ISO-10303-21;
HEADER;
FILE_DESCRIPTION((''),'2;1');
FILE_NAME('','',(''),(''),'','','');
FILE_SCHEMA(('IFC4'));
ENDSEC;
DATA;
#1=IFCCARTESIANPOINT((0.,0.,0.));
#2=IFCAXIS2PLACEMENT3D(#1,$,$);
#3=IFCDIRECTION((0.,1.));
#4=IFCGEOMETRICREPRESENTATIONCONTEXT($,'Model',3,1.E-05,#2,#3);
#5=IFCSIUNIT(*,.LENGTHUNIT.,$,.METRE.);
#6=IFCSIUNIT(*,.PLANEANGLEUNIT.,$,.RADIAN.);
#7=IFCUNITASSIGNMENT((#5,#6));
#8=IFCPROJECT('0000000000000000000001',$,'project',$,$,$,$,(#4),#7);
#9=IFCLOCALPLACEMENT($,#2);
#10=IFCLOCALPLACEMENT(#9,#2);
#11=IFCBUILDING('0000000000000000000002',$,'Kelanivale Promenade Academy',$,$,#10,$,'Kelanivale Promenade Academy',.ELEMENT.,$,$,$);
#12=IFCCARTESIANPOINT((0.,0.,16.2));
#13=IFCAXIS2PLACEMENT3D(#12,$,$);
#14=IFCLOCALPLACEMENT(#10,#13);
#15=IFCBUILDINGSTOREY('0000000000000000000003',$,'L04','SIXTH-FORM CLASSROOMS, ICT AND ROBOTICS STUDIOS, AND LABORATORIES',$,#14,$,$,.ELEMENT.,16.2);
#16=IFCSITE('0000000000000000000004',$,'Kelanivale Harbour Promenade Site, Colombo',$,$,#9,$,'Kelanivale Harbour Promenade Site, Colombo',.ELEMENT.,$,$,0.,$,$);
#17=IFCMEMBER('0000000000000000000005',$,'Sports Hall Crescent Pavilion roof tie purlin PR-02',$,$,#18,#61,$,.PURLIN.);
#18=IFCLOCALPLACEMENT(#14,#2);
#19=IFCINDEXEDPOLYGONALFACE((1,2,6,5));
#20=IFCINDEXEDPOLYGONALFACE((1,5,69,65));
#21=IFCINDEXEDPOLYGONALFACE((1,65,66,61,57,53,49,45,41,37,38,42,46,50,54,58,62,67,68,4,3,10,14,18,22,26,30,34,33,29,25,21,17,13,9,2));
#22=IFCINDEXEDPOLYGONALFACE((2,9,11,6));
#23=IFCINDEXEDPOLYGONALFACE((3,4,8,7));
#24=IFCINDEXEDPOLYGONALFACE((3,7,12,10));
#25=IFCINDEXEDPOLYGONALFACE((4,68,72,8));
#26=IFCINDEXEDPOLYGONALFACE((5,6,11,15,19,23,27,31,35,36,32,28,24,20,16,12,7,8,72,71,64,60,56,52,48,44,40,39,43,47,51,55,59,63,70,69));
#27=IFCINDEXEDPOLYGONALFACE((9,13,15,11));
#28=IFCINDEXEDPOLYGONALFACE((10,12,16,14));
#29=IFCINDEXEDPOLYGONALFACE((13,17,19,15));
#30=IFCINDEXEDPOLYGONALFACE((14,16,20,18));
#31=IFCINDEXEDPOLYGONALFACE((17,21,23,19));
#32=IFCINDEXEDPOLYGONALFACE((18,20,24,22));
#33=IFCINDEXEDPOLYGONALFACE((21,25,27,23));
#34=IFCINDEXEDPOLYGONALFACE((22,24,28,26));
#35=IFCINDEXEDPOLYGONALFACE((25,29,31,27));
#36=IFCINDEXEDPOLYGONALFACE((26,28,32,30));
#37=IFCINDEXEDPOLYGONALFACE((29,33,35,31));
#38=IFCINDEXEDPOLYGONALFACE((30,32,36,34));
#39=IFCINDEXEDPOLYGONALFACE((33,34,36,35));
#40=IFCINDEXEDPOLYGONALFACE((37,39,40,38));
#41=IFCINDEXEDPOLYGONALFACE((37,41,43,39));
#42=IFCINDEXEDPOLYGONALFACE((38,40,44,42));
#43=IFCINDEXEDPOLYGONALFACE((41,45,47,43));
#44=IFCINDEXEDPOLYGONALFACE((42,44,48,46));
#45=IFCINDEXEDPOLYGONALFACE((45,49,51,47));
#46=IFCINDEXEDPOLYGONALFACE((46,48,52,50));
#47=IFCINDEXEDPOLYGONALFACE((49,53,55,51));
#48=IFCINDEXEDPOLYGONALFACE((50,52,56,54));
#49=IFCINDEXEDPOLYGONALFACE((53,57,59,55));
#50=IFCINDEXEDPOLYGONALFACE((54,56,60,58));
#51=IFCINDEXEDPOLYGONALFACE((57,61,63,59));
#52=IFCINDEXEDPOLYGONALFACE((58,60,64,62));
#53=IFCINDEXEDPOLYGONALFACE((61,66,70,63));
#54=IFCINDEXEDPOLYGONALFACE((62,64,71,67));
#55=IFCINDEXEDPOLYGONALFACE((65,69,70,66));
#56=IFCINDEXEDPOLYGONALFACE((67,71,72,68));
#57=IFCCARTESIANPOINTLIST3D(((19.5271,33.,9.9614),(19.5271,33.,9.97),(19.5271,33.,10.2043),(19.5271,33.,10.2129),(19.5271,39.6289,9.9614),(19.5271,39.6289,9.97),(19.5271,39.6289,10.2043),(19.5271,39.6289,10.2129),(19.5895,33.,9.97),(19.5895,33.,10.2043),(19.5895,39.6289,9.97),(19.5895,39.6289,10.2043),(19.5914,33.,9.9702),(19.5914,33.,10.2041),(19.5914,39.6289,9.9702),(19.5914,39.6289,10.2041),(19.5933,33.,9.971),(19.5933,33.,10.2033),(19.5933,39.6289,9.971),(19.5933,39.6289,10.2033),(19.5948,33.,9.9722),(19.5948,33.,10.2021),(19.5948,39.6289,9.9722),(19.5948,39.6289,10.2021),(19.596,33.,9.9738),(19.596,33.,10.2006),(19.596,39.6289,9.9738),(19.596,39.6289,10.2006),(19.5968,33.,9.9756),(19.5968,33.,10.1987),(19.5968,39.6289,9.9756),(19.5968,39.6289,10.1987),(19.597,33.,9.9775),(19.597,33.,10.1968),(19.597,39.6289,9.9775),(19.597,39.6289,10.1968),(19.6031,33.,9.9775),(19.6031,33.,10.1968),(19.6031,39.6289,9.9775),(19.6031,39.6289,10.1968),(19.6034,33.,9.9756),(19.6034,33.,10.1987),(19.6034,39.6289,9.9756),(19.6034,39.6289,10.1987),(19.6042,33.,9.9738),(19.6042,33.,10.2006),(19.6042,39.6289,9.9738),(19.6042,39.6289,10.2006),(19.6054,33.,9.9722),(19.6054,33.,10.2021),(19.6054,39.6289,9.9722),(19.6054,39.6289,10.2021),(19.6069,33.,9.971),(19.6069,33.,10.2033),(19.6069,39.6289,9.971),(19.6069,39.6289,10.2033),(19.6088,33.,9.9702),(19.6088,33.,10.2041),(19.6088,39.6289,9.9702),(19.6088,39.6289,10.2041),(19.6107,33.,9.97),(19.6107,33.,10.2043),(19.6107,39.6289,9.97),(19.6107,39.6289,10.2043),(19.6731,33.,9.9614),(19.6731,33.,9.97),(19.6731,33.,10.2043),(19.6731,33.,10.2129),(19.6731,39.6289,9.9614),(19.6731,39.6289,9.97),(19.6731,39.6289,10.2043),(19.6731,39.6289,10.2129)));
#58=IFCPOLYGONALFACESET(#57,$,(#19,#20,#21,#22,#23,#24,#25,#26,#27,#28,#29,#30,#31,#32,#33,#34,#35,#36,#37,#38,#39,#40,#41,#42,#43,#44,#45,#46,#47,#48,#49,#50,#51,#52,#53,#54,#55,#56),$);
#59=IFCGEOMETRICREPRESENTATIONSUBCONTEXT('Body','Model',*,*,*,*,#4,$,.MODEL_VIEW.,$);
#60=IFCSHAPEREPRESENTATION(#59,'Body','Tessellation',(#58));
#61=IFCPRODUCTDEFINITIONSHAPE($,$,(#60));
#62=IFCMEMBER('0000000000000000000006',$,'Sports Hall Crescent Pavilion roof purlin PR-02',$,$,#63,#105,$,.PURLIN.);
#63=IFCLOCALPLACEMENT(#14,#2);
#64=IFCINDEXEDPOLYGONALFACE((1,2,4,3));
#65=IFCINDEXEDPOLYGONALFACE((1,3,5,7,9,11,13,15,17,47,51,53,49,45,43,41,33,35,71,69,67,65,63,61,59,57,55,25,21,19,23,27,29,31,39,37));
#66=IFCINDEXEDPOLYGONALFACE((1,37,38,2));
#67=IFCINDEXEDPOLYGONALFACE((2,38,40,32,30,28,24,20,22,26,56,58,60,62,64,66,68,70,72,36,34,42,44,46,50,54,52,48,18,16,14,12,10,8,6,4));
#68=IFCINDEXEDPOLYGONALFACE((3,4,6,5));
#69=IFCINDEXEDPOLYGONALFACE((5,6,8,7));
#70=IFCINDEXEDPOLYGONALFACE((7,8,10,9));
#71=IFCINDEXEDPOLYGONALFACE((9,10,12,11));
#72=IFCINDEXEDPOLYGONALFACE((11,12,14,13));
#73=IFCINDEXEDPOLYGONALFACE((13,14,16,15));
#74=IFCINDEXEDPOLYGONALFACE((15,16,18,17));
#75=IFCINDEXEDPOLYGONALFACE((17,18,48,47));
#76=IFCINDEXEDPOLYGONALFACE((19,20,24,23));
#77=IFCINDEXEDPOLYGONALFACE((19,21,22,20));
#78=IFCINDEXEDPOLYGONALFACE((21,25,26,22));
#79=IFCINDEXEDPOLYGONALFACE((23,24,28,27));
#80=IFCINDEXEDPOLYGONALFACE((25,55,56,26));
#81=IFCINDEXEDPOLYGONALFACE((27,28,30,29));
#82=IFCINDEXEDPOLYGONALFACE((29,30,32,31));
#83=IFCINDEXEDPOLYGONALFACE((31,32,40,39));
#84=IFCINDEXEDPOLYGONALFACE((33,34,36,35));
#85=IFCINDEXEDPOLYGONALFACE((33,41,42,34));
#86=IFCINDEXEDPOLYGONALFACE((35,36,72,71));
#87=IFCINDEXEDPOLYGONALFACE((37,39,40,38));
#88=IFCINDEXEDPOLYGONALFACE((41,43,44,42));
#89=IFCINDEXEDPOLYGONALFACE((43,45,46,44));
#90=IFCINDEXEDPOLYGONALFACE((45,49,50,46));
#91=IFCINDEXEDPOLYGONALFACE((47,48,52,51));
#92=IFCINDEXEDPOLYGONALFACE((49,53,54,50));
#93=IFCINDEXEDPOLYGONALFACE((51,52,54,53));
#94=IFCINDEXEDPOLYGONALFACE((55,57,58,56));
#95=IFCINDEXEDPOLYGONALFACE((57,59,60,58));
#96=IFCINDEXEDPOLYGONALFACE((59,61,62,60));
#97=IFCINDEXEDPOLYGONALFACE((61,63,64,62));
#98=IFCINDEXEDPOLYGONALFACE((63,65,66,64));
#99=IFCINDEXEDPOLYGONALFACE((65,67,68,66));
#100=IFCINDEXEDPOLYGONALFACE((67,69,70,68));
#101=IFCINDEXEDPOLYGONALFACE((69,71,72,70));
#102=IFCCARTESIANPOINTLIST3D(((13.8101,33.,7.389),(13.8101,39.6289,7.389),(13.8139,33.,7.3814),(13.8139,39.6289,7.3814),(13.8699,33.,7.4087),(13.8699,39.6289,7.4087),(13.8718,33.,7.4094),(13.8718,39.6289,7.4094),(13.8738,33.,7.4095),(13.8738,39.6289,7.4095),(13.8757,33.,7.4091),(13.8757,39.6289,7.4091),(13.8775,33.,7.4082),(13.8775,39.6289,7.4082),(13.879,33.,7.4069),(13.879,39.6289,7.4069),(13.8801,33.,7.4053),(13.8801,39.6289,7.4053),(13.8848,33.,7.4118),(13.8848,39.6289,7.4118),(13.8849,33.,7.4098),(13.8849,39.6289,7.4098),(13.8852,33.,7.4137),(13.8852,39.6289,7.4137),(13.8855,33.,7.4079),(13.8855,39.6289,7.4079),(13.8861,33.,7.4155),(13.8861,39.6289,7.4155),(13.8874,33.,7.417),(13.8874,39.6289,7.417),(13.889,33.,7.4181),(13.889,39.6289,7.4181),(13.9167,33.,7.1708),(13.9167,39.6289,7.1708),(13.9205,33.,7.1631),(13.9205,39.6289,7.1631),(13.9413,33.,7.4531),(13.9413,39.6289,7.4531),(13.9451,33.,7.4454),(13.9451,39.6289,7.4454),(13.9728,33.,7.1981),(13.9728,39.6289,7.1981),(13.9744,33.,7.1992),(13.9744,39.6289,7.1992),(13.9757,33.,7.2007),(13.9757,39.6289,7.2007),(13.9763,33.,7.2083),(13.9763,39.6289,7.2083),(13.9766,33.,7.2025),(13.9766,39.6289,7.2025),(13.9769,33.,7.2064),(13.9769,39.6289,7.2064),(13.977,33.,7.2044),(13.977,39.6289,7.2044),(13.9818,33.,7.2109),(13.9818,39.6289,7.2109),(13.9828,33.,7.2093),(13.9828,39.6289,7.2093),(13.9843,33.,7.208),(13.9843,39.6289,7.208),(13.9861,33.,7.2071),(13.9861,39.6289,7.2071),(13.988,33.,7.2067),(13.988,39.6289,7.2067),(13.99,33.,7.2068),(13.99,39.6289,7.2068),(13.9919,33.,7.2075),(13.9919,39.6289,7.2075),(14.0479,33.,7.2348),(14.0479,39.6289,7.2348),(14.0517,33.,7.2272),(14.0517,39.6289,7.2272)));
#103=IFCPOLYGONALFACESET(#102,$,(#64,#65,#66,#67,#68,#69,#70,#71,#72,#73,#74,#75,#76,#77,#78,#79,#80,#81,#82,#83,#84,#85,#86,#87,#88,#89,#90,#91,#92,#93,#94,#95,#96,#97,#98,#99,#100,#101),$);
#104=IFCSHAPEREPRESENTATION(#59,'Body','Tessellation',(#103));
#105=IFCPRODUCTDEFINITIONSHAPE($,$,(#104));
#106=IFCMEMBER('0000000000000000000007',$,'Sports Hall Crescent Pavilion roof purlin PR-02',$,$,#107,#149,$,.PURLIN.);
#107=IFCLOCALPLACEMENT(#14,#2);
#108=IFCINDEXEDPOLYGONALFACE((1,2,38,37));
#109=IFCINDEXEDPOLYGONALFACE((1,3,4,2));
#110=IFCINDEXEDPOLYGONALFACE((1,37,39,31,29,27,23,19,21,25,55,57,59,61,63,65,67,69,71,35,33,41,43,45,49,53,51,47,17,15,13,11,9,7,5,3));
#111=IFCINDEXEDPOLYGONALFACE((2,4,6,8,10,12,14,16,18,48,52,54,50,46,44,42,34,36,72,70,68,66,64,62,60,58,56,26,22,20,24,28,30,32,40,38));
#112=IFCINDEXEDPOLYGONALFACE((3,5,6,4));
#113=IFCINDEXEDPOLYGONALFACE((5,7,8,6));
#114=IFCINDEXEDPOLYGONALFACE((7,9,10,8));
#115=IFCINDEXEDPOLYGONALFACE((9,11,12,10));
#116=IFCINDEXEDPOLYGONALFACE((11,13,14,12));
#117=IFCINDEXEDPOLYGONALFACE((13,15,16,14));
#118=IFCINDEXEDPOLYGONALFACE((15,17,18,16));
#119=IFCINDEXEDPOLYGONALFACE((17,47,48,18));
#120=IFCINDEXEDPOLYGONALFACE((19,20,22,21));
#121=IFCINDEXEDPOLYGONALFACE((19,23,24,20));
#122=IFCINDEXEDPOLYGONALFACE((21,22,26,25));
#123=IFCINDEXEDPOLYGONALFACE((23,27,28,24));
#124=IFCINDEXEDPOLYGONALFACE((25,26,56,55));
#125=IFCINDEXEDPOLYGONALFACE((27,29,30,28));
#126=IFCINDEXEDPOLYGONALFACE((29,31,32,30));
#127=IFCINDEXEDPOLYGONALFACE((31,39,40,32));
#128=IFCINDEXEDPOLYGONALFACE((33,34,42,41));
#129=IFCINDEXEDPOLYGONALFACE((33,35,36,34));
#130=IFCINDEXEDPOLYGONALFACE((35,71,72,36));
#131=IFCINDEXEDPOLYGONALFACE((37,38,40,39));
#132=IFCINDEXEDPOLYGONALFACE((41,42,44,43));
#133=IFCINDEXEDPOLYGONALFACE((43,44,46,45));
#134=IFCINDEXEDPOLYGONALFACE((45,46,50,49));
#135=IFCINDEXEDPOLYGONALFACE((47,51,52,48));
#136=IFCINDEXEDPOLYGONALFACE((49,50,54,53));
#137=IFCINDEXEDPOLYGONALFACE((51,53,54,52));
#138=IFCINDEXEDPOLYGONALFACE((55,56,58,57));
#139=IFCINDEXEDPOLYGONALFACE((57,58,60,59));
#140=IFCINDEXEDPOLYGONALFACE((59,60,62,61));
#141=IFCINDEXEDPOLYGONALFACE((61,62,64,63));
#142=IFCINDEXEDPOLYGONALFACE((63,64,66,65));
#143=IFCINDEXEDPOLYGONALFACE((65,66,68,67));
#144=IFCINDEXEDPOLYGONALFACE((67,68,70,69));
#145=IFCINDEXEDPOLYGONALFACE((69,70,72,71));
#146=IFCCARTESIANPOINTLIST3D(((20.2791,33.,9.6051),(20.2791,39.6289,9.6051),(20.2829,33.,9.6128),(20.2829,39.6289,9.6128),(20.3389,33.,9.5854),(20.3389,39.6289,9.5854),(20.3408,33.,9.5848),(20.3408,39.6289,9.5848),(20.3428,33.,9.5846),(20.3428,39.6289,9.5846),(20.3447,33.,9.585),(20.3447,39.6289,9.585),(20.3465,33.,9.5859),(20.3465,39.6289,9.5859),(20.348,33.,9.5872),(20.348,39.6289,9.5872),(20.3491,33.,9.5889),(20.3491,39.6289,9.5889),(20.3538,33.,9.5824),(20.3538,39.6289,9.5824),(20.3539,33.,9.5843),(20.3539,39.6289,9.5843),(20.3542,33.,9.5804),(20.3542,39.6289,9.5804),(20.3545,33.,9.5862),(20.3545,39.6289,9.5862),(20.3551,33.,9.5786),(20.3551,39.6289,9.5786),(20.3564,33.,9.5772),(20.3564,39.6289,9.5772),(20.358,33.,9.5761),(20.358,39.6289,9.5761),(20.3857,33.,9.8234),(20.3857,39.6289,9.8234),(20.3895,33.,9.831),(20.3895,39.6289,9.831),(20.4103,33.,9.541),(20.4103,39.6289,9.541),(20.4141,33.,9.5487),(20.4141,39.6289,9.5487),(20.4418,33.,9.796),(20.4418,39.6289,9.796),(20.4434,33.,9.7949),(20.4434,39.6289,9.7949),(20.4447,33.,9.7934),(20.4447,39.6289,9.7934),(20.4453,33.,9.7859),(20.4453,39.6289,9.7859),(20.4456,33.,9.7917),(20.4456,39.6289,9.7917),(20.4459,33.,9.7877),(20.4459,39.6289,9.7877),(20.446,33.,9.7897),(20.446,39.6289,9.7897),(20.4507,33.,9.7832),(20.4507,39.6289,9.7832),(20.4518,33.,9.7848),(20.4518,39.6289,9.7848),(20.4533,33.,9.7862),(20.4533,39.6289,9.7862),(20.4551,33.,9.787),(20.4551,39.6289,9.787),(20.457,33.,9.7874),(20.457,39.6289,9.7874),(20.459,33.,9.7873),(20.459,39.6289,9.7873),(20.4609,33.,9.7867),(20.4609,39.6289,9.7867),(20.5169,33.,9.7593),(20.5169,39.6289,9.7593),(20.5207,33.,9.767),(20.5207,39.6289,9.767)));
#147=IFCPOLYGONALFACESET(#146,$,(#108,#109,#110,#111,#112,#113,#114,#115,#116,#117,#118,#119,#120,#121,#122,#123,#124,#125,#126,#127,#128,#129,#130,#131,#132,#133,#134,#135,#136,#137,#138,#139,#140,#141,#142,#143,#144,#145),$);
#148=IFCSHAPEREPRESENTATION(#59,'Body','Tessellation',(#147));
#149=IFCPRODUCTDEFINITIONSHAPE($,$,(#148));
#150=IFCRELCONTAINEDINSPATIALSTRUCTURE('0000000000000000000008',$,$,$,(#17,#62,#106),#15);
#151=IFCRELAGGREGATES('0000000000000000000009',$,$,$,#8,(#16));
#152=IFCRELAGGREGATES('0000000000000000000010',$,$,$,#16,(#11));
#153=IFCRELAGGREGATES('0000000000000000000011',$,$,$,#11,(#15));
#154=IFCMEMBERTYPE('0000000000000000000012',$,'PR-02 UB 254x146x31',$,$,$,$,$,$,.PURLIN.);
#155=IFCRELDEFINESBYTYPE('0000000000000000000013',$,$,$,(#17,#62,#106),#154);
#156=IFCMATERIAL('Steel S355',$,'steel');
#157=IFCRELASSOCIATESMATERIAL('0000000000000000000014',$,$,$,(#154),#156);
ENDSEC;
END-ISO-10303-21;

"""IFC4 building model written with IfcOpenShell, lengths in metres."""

from ifc_helpers import new_model, si_unit, direction, frame, origin, origin_2d, place, context, subcontext, project, spatial, i_section, extrude, material, material_profile, profile_set, type_object, element, save


model = new_model("IFC4")

# Units and contexts
model_context = context("Model", 3, precision=1e-05, world=origin(), true_north=direction((0.0, 1.0)))
body_context = subcontext(model_context, "Body", "Model", "MODEL_VIEW")
ifc_project = project(units=[si_unit("LENGTHUNIT", "METRE"), si_unit("PLANEANGLEUNIT", "RADIAN")], contexts=[model_context])

# Site, building, storey
site_placement = place(None, origin())
site = spatial("IfcSite", under=ifc_project, at=site_placement, Name="Kelanivale Harbour Promenade Site, Colombo", LongName="Kelanivale Harbour Promenade Site, Colombo", CompositionType="ELEMENT", RefElevation=0.0)
building_placement = place(site_placement, origin())
building = spatial("IfcBuilding", under=site, at=building_placement, Name="Kelanivale Promenade Academy", LongName="Kelanivale Promenade Academy", CompositionType="ELEMENT")
storey_placement = place(building_placement, frame((0.0, 0.0, 16.2)))
storey = spatial("IfcBuildingStorey", under=building, at=storey_placement, Name="L04", Description="SIXTH-FORM CLASSROOMS, ICT AND ROBOTICS STUDIOS, AND LABORATORIES", CompositionType="ELEMENT", Elevation=16.2)

# Members
ifc_material_1 = material(Name="Steel S355", Category="steel")
ifc_material_profile_1 = material_profile(ifc_material_1, i_section(OverallWidth=0.146, OverallDepth=0.2515, WebThickness=0.0061, FlangeThickness=0.0085, FilletRadius=0.0076, at=origin_2d()), Name="UB 254x146x31")
ifc_profile_set_1 = profile_set([ifc_material_profile_1], Name="Steel S355")
member_type_1 = type_object("IfcMemberType", Name="PR-02 UB 254x146x31", PredefinedType="PURLIN", material=ifc_profile_set_1)
for number, where, z_axis, x_axis, name in (
    (1, (19.6001, 33.0, 10.0872), (0.0, 1.0, 0.0), (-1.0, 0.0, 0.0), "Sports Hall Crescent Pavilion roof tie purlin PR-02"),
    (2, (13.9309, 33.0, 7.3081), (0.0, 1.0, 0.0), (-0.898564, 0.0, -0.438842), "Sports Hall Crescent Pavilion roof purlin PR-02"),
    (3, (20.3999, 33.0, 9.686), (0.0, 1.0, 0.0), (-0.898564, 0.0, 0.438842), "Sports Hall Crescent Pavilion roof purlin PR-02"),
):
    element("IfcMember", number, at=place(storey_placement, frame(where, z_axis=z_axis, x_axis=x_axis)), inside=storey, type_object=member_type_1, Name=name, PredefinedType="PURLIN", context=body_context, shape_type="SweptSolid", body=[
        extrude(i_section(OverallWidth=0.146, OverallDepth=0.2515, WebThickness=0.0061, FlangeThickness=0.0085, FilletRadius=0.0076, at=origin_2d()), origin(), (0.0, 0.0, 1.0), 6.6289),
    ])

save(model, "model.ifc")
